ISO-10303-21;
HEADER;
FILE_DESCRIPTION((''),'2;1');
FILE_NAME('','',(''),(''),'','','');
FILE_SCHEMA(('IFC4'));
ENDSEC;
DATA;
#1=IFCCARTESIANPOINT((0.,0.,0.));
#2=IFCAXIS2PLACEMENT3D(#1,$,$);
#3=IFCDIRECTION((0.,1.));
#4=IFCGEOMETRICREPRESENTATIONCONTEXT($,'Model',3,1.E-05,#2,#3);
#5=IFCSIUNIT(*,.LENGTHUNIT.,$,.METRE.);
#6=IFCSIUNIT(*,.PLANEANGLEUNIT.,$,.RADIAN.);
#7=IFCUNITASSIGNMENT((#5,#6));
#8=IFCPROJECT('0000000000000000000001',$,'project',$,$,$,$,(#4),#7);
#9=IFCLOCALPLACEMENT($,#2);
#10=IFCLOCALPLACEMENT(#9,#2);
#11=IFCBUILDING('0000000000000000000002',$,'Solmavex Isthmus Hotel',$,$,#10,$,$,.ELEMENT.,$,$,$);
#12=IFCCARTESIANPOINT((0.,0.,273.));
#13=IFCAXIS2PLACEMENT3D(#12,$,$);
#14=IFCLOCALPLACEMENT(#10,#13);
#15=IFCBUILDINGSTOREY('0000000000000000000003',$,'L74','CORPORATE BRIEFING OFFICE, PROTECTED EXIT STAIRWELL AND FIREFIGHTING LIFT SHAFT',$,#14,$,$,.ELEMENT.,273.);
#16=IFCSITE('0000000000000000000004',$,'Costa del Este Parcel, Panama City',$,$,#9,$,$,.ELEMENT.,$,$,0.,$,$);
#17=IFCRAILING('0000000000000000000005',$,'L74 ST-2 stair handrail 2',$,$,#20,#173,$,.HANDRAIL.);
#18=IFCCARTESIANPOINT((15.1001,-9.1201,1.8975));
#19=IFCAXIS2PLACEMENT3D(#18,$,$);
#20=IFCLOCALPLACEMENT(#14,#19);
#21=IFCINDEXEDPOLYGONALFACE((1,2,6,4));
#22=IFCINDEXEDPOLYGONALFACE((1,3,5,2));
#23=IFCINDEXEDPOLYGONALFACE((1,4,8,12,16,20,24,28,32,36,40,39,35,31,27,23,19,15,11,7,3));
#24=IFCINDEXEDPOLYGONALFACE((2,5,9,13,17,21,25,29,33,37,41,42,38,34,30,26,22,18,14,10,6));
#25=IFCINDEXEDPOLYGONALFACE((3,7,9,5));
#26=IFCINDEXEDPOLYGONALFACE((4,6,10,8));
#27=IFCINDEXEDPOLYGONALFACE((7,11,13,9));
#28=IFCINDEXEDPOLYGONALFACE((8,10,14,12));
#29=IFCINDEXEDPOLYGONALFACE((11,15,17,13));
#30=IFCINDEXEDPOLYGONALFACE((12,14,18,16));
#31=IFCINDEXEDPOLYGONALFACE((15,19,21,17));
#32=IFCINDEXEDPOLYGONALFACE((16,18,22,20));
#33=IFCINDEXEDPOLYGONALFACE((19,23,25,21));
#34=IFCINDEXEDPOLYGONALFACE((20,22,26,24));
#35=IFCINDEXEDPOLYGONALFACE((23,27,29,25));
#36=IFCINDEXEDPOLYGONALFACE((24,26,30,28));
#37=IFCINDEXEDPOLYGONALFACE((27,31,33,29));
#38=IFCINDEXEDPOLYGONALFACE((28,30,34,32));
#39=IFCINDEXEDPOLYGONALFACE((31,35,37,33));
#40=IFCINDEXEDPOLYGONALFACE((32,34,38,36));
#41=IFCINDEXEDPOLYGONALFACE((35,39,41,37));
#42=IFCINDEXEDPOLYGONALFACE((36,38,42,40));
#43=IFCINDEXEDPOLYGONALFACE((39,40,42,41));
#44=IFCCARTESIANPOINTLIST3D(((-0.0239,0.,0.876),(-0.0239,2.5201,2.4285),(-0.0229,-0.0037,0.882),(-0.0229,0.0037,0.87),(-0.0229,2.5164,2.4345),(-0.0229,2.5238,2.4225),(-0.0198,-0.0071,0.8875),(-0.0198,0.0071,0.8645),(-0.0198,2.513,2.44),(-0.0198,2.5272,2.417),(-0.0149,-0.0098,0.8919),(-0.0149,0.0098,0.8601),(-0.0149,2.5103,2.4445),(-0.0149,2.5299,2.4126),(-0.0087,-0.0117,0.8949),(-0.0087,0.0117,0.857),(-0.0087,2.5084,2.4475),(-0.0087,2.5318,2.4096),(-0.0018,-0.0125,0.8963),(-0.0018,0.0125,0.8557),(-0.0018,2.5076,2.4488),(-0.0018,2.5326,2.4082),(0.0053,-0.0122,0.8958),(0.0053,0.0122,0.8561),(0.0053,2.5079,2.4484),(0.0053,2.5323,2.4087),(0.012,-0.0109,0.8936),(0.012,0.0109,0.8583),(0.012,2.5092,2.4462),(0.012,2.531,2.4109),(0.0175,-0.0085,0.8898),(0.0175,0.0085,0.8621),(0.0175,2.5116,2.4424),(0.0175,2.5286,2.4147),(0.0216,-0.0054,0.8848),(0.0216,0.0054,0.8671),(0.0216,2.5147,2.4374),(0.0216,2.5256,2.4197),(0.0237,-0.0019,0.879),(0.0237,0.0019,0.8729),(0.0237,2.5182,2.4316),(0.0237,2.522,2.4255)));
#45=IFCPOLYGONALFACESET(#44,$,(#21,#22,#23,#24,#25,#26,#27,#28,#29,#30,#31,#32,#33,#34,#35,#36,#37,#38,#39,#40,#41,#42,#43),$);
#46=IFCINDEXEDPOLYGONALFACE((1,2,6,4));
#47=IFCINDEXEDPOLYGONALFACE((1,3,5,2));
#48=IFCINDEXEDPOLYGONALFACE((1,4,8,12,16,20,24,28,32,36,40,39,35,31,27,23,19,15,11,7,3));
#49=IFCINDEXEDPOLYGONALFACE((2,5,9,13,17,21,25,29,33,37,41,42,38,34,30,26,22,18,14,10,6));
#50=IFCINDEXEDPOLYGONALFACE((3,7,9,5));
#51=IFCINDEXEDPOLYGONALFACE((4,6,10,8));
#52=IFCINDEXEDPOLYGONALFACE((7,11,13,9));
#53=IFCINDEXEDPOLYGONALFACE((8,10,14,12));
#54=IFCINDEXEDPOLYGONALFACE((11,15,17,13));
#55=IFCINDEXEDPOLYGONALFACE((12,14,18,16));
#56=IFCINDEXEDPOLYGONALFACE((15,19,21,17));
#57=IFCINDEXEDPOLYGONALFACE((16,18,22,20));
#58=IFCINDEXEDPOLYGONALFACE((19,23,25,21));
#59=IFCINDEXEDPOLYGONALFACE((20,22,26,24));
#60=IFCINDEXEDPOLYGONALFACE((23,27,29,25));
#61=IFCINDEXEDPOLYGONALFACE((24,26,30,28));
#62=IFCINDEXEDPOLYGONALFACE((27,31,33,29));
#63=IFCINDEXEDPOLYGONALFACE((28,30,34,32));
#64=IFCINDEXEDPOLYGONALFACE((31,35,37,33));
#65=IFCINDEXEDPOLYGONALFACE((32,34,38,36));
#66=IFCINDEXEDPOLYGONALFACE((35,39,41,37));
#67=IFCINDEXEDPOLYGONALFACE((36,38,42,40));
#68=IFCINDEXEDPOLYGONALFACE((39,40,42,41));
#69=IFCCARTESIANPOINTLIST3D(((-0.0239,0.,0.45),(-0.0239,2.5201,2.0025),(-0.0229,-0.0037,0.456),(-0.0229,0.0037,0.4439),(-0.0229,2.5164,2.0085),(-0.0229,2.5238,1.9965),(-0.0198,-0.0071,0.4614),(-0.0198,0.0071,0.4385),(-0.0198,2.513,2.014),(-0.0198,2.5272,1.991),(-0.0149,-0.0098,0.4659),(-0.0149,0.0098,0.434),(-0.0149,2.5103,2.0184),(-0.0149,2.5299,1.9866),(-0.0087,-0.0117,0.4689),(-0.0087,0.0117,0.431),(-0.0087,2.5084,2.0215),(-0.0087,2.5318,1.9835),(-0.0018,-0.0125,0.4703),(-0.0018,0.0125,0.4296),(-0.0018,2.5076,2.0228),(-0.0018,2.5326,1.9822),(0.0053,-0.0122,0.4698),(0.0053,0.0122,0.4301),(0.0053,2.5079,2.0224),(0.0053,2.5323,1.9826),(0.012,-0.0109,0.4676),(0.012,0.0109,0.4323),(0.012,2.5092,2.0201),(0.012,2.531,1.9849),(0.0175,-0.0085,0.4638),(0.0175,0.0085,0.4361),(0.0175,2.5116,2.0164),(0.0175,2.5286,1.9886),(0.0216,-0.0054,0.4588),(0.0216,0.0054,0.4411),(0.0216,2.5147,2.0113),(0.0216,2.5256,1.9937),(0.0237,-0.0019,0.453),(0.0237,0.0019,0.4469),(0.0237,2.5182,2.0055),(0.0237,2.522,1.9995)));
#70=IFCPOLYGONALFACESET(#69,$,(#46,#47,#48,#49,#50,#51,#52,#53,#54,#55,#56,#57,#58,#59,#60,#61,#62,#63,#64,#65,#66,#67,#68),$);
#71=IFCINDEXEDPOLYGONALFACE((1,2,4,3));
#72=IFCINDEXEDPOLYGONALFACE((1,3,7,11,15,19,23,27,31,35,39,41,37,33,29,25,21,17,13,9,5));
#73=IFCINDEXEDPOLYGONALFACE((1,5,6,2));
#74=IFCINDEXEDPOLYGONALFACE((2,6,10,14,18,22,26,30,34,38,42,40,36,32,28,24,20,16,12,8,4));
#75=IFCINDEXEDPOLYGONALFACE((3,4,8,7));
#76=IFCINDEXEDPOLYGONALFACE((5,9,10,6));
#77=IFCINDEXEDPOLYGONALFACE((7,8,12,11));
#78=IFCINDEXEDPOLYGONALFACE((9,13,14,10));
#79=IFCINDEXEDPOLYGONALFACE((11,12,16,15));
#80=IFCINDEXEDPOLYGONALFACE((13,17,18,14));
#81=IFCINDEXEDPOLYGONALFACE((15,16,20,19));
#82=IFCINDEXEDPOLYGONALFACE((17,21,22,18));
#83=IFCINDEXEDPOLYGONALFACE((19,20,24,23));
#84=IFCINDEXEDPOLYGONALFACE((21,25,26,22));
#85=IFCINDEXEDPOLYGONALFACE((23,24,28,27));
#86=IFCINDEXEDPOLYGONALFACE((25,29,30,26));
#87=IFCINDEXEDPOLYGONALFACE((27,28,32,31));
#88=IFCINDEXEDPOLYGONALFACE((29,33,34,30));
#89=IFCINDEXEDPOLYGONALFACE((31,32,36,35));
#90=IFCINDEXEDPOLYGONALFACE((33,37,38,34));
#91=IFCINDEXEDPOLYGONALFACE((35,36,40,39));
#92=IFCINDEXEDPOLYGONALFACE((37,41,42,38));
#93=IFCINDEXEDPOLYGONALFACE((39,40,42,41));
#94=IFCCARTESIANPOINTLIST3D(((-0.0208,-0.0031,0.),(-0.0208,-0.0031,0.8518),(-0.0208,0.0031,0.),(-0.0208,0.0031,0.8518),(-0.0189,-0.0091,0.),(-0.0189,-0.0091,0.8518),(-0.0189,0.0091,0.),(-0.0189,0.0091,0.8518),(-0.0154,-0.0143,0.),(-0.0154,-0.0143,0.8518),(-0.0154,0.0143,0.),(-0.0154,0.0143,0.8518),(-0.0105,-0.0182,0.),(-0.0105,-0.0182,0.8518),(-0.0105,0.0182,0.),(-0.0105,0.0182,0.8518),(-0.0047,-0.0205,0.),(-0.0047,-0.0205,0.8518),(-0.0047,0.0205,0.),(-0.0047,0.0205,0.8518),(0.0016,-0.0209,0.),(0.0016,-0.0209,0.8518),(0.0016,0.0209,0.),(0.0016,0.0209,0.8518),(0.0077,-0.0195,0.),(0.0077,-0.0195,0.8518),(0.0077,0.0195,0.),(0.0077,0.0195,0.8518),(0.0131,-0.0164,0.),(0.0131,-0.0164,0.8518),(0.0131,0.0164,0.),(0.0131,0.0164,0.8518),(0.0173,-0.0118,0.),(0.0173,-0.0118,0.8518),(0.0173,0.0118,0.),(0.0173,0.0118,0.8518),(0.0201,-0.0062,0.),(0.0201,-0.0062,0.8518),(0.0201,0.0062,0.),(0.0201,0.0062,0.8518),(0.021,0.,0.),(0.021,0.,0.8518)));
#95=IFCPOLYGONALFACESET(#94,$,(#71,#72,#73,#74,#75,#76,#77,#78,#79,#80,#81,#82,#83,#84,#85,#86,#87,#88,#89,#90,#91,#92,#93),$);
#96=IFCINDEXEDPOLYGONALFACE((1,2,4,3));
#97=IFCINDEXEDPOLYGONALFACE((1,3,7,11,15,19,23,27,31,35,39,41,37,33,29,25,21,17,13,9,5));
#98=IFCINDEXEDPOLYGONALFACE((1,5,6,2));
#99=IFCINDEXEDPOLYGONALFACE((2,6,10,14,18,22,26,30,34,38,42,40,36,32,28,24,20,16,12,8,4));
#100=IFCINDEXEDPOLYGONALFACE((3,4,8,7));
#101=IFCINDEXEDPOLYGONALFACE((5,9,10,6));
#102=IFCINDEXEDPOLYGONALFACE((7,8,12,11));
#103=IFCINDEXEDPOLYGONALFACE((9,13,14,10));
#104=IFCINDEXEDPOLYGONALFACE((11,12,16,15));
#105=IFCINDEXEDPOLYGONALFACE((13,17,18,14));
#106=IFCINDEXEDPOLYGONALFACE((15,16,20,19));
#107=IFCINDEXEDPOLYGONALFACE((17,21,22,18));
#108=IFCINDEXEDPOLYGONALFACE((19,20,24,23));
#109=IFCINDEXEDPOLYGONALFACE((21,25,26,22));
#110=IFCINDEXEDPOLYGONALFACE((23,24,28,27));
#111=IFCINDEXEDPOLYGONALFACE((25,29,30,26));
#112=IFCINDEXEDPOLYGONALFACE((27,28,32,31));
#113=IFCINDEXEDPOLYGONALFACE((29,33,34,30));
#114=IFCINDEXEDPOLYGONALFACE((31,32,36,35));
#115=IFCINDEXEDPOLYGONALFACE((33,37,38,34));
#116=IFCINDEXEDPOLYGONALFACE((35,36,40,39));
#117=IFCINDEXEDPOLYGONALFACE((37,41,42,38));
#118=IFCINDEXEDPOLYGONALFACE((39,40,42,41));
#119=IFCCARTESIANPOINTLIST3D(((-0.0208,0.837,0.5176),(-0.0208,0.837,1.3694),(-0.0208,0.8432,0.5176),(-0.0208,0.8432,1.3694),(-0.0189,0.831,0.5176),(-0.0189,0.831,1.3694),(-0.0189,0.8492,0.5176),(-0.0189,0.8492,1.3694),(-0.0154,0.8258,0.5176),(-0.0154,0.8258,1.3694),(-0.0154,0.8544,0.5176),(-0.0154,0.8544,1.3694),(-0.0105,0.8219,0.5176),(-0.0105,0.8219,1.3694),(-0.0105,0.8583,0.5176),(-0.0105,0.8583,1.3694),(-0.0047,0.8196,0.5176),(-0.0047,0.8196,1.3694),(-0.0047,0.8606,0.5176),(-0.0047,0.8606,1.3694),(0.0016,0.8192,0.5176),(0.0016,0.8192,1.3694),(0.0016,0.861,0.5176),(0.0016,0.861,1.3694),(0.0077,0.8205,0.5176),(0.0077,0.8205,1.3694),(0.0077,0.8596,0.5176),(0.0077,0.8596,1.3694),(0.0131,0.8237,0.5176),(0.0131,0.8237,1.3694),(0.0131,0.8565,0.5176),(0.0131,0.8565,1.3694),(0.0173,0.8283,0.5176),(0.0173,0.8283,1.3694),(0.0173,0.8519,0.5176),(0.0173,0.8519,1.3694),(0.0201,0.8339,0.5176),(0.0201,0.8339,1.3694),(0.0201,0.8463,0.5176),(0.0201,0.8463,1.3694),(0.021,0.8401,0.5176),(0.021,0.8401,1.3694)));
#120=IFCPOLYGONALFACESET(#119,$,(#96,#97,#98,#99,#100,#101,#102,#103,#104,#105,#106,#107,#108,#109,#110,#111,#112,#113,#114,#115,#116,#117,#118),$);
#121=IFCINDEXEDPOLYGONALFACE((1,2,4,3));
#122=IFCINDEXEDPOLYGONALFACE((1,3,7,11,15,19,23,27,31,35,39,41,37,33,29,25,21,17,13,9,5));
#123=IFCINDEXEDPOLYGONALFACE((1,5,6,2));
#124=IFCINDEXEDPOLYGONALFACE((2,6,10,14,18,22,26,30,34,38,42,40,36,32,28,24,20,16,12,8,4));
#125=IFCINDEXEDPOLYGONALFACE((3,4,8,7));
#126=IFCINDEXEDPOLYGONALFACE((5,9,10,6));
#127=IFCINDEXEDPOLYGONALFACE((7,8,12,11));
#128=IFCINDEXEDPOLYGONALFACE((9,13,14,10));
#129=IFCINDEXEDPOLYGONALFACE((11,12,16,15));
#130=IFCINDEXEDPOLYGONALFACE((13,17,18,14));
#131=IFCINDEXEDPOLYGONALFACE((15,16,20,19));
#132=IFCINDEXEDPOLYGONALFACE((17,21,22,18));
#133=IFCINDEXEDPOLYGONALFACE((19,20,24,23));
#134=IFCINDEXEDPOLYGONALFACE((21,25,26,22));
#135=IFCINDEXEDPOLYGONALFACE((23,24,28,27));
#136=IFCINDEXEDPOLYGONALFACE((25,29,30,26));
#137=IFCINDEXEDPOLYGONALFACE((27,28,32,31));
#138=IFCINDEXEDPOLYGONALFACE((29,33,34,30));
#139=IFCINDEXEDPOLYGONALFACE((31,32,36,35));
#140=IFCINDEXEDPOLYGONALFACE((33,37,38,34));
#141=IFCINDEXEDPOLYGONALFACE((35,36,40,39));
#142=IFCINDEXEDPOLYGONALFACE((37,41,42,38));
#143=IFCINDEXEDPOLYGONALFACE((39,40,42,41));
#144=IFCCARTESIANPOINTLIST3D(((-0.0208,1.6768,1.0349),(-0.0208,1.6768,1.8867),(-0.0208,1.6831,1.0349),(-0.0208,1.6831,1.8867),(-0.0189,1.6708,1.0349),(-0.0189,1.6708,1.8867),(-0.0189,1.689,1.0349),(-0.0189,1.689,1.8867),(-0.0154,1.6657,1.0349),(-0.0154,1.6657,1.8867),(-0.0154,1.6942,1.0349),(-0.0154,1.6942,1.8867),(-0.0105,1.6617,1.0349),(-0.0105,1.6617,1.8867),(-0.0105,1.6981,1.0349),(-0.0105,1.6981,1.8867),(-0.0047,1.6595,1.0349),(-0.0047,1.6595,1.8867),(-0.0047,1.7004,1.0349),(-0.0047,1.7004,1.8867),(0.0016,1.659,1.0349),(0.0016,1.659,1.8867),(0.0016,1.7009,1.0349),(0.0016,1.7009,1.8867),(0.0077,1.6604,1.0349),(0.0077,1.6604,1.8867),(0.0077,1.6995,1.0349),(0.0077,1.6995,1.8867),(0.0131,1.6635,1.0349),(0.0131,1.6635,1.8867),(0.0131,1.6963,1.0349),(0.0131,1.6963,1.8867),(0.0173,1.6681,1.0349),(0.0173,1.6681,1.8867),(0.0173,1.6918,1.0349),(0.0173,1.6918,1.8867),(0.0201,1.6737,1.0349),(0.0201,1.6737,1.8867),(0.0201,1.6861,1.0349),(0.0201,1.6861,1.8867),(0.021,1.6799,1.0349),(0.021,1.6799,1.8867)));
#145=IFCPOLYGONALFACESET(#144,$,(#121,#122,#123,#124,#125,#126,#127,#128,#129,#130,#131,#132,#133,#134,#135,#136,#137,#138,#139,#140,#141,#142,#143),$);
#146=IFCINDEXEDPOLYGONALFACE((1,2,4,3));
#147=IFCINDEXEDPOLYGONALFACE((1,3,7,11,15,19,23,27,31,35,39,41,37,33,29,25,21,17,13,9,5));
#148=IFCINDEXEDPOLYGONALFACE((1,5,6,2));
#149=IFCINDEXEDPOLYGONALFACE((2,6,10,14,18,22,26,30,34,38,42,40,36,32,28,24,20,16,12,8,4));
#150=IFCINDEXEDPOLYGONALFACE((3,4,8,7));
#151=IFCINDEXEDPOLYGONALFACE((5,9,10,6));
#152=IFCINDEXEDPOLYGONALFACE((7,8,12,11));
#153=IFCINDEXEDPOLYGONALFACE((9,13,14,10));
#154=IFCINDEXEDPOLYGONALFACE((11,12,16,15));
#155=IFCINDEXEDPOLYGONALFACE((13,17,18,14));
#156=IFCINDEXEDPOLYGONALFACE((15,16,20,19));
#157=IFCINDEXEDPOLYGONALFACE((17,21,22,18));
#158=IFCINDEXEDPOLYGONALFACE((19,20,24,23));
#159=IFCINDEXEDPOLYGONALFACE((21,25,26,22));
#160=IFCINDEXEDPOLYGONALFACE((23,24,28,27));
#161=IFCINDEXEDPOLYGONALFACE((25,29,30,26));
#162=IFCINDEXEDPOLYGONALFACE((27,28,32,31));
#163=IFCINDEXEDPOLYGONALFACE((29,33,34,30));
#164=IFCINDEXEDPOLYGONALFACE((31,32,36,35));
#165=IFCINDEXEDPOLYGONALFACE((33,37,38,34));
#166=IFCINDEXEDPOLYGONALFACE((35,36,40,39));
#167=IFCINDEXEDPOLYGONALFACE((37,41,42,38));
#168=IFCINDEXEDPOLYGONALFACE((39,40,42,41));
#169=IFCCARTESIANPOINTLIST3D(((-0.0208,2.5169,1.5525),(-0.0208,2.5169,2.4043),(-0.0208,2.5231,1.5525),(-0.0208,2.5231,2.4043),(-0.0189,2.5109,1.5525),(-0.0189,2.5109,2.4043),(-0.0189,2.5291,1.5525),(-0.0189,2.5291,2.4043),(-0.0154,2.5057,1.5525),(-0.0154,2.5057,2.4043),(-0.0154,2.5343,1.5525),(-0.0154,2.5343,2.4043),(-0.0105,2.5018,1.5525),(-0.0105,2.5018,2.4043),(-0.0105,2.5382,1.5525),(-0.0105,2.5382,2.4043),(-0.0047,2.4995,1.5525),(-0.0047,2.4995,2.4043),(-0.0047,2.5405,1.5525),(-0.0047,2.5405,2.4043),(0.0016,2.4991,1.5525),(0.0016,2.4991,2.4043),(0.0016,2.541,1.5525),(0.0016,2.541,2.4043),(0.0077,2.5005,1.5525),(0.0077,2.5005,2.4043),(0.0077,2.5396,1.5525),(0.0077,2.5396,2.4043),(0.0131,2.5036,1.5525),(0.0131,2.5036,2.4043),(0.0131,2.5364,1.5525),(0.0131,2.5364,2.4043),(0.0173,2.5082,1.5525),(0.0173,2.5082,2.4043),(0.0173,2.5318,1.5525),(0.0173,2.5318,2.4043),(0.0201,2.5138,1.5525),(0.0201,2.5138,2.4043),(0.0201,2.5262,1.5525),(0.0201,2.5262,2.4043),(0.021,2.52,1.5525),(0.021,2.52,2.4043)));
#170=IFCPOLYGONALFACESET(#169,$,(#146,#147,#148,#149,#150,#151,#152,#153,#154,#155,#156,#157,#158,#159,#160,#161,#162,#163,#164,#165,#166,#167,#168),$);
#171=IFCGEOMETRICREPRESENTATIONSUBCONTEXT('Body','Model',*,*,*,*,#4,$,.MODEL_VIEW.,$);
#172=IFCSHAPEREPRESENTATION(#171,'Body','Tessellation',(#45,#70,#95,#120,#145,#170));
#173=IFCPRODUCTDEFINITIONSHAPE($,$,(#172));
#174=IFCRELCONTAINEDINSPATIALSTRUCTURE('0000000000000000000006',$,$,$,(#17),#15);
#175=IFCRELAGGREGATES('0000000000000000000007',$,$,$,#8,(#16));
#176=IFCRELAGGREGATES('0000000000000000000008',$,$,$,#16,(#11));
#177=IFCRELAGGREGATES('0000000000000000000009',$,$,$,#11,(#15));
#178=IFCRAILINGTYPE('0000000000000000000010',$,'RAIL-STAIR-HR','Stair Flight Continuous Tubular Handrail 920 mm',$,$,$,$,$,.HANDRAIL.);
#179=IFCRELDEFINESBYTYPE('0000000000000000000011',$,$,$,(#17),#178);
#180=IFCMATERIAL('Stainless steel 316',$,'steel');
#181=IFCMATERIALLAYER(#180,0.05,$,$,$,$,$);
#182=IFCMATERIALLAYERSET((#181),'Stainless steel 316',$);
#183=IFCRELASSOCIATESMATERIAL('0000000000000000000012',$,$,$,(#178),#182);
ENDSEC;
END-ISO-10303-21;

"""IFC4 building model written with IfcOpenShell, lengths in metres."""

from ifc_helpers import new_model, si_unit, direction, frame, origin, origin_2d, place, context, subcontext, project, spatial, circle, extrude, material, layer, layer_set, type_object, element, save


model = new_model("IFC4")

# Units and contexts
model_context = context("Model", 3, precision=1e-05, world=origin(), true_north=direction((0.0, 1.0)))
body_context = subcontext(model_context, "Body", "Model", "MODEL_VIEW")
ifc_project = project(units=[si_unit("LENGTHUNIT", "METRE"), si_unit("PLANEANGLEUNIT", "RADIAN")], contexts=[model_context])

# Site, building, storey
site_placement = place(None, origin())
site = spatial("IfcSite", under=ifc_project, at=site_placement, Name="Costa del Este Parcel, Panama City", CompositionType="ELEMENT", RefElevation=0.0)
building_placement = place(site_placement, origin())
building = spatial("IfcBuilding", under=site, at=building_placement, Name="Solmavex Isthmus Hotel", CompositionType="ELEMENT")
storey_placement = place(building_placement, frame((0.0, 0.0, 273.0)))
storey = spatial("IfcBuildingStorey", under=building, at=storey_placement, Name="L74", Description="CORPORATE BRIEFING OFFICE, PROTECTED EXIT STAIRWELL AND FIREFIGHTING LIFT SHAFT", CompositionType="ELEMENT", Elevation=273.0)

# Railing
ifc_material_1 = material(Name="Stainless steel 316", Category="steel")
ifc_layer_1 = layer(ifc_material_1, 0.05)
ifc_layer_set_1 = layer_set([ifc_layer_1], Name="Stainless steel 316")
railing_type_1 = type_object("IfcRailingType", Name="RAIL-STAIR-HR", Description="Stair Flight Continuous Tubular Handrail 920 mm", PredefinedType="HANDRAIL", material=ifc_layer_set_1)
railing_1_placement = place(storey_placement, frame((15.1001, -9.1201, 1.8975)))
element("IfcRailing", 1, at=railing_1_placement, inside=storey, type_object=railing_type_1, Name="L74 ST-2 stair handrail 2", PredefinedType="HANDRAIL", context=body_context, shape_type="SweptSolid", body=[
    extrude(circle(Radius=0.0239, at=origin_2d()), frame((0.0, 0.0, 0.876), z_axis=(0.0, 0.8514, 0.524516), x_axis=(-1.0, 0.0, 0.0)), (0.0, 0.0, 1.0), 2.96),
    extrude(circle(Radius=0.0239, at=origin_2d()), frame((0.0, 0.0, 0.45), z_axis=(0.0, 0.8514, 0.524516), x_axis=(-1.0, 0.0, 0.0)), (0.0, 0.0, 1.0), 2.96),
    extrude(circle(Radius=0.021, at=origin_2d()), origin(), (0.0, 0.0, 1.0), 0.8518),
    extrude(circle(Radius=0.021, at=origin_2d()), frame((0.0, 0.8401, 0.5176)), (0.0, 0.0, 1.0), 0.8518),
    extrude(circle(Radius=0.021, at=origin_2d()), frame((0.0, 1.6799, 1.0349)), (0.0, 0.0, 1.0), 0.8518),
    extrude(circle(Radius=0.021, at=origin_2d()), frame((0.0, 2.52, 1.5525)), (0.0, 0.0, 1.0), 0.8518),
])

save(model, "model.ifc")
